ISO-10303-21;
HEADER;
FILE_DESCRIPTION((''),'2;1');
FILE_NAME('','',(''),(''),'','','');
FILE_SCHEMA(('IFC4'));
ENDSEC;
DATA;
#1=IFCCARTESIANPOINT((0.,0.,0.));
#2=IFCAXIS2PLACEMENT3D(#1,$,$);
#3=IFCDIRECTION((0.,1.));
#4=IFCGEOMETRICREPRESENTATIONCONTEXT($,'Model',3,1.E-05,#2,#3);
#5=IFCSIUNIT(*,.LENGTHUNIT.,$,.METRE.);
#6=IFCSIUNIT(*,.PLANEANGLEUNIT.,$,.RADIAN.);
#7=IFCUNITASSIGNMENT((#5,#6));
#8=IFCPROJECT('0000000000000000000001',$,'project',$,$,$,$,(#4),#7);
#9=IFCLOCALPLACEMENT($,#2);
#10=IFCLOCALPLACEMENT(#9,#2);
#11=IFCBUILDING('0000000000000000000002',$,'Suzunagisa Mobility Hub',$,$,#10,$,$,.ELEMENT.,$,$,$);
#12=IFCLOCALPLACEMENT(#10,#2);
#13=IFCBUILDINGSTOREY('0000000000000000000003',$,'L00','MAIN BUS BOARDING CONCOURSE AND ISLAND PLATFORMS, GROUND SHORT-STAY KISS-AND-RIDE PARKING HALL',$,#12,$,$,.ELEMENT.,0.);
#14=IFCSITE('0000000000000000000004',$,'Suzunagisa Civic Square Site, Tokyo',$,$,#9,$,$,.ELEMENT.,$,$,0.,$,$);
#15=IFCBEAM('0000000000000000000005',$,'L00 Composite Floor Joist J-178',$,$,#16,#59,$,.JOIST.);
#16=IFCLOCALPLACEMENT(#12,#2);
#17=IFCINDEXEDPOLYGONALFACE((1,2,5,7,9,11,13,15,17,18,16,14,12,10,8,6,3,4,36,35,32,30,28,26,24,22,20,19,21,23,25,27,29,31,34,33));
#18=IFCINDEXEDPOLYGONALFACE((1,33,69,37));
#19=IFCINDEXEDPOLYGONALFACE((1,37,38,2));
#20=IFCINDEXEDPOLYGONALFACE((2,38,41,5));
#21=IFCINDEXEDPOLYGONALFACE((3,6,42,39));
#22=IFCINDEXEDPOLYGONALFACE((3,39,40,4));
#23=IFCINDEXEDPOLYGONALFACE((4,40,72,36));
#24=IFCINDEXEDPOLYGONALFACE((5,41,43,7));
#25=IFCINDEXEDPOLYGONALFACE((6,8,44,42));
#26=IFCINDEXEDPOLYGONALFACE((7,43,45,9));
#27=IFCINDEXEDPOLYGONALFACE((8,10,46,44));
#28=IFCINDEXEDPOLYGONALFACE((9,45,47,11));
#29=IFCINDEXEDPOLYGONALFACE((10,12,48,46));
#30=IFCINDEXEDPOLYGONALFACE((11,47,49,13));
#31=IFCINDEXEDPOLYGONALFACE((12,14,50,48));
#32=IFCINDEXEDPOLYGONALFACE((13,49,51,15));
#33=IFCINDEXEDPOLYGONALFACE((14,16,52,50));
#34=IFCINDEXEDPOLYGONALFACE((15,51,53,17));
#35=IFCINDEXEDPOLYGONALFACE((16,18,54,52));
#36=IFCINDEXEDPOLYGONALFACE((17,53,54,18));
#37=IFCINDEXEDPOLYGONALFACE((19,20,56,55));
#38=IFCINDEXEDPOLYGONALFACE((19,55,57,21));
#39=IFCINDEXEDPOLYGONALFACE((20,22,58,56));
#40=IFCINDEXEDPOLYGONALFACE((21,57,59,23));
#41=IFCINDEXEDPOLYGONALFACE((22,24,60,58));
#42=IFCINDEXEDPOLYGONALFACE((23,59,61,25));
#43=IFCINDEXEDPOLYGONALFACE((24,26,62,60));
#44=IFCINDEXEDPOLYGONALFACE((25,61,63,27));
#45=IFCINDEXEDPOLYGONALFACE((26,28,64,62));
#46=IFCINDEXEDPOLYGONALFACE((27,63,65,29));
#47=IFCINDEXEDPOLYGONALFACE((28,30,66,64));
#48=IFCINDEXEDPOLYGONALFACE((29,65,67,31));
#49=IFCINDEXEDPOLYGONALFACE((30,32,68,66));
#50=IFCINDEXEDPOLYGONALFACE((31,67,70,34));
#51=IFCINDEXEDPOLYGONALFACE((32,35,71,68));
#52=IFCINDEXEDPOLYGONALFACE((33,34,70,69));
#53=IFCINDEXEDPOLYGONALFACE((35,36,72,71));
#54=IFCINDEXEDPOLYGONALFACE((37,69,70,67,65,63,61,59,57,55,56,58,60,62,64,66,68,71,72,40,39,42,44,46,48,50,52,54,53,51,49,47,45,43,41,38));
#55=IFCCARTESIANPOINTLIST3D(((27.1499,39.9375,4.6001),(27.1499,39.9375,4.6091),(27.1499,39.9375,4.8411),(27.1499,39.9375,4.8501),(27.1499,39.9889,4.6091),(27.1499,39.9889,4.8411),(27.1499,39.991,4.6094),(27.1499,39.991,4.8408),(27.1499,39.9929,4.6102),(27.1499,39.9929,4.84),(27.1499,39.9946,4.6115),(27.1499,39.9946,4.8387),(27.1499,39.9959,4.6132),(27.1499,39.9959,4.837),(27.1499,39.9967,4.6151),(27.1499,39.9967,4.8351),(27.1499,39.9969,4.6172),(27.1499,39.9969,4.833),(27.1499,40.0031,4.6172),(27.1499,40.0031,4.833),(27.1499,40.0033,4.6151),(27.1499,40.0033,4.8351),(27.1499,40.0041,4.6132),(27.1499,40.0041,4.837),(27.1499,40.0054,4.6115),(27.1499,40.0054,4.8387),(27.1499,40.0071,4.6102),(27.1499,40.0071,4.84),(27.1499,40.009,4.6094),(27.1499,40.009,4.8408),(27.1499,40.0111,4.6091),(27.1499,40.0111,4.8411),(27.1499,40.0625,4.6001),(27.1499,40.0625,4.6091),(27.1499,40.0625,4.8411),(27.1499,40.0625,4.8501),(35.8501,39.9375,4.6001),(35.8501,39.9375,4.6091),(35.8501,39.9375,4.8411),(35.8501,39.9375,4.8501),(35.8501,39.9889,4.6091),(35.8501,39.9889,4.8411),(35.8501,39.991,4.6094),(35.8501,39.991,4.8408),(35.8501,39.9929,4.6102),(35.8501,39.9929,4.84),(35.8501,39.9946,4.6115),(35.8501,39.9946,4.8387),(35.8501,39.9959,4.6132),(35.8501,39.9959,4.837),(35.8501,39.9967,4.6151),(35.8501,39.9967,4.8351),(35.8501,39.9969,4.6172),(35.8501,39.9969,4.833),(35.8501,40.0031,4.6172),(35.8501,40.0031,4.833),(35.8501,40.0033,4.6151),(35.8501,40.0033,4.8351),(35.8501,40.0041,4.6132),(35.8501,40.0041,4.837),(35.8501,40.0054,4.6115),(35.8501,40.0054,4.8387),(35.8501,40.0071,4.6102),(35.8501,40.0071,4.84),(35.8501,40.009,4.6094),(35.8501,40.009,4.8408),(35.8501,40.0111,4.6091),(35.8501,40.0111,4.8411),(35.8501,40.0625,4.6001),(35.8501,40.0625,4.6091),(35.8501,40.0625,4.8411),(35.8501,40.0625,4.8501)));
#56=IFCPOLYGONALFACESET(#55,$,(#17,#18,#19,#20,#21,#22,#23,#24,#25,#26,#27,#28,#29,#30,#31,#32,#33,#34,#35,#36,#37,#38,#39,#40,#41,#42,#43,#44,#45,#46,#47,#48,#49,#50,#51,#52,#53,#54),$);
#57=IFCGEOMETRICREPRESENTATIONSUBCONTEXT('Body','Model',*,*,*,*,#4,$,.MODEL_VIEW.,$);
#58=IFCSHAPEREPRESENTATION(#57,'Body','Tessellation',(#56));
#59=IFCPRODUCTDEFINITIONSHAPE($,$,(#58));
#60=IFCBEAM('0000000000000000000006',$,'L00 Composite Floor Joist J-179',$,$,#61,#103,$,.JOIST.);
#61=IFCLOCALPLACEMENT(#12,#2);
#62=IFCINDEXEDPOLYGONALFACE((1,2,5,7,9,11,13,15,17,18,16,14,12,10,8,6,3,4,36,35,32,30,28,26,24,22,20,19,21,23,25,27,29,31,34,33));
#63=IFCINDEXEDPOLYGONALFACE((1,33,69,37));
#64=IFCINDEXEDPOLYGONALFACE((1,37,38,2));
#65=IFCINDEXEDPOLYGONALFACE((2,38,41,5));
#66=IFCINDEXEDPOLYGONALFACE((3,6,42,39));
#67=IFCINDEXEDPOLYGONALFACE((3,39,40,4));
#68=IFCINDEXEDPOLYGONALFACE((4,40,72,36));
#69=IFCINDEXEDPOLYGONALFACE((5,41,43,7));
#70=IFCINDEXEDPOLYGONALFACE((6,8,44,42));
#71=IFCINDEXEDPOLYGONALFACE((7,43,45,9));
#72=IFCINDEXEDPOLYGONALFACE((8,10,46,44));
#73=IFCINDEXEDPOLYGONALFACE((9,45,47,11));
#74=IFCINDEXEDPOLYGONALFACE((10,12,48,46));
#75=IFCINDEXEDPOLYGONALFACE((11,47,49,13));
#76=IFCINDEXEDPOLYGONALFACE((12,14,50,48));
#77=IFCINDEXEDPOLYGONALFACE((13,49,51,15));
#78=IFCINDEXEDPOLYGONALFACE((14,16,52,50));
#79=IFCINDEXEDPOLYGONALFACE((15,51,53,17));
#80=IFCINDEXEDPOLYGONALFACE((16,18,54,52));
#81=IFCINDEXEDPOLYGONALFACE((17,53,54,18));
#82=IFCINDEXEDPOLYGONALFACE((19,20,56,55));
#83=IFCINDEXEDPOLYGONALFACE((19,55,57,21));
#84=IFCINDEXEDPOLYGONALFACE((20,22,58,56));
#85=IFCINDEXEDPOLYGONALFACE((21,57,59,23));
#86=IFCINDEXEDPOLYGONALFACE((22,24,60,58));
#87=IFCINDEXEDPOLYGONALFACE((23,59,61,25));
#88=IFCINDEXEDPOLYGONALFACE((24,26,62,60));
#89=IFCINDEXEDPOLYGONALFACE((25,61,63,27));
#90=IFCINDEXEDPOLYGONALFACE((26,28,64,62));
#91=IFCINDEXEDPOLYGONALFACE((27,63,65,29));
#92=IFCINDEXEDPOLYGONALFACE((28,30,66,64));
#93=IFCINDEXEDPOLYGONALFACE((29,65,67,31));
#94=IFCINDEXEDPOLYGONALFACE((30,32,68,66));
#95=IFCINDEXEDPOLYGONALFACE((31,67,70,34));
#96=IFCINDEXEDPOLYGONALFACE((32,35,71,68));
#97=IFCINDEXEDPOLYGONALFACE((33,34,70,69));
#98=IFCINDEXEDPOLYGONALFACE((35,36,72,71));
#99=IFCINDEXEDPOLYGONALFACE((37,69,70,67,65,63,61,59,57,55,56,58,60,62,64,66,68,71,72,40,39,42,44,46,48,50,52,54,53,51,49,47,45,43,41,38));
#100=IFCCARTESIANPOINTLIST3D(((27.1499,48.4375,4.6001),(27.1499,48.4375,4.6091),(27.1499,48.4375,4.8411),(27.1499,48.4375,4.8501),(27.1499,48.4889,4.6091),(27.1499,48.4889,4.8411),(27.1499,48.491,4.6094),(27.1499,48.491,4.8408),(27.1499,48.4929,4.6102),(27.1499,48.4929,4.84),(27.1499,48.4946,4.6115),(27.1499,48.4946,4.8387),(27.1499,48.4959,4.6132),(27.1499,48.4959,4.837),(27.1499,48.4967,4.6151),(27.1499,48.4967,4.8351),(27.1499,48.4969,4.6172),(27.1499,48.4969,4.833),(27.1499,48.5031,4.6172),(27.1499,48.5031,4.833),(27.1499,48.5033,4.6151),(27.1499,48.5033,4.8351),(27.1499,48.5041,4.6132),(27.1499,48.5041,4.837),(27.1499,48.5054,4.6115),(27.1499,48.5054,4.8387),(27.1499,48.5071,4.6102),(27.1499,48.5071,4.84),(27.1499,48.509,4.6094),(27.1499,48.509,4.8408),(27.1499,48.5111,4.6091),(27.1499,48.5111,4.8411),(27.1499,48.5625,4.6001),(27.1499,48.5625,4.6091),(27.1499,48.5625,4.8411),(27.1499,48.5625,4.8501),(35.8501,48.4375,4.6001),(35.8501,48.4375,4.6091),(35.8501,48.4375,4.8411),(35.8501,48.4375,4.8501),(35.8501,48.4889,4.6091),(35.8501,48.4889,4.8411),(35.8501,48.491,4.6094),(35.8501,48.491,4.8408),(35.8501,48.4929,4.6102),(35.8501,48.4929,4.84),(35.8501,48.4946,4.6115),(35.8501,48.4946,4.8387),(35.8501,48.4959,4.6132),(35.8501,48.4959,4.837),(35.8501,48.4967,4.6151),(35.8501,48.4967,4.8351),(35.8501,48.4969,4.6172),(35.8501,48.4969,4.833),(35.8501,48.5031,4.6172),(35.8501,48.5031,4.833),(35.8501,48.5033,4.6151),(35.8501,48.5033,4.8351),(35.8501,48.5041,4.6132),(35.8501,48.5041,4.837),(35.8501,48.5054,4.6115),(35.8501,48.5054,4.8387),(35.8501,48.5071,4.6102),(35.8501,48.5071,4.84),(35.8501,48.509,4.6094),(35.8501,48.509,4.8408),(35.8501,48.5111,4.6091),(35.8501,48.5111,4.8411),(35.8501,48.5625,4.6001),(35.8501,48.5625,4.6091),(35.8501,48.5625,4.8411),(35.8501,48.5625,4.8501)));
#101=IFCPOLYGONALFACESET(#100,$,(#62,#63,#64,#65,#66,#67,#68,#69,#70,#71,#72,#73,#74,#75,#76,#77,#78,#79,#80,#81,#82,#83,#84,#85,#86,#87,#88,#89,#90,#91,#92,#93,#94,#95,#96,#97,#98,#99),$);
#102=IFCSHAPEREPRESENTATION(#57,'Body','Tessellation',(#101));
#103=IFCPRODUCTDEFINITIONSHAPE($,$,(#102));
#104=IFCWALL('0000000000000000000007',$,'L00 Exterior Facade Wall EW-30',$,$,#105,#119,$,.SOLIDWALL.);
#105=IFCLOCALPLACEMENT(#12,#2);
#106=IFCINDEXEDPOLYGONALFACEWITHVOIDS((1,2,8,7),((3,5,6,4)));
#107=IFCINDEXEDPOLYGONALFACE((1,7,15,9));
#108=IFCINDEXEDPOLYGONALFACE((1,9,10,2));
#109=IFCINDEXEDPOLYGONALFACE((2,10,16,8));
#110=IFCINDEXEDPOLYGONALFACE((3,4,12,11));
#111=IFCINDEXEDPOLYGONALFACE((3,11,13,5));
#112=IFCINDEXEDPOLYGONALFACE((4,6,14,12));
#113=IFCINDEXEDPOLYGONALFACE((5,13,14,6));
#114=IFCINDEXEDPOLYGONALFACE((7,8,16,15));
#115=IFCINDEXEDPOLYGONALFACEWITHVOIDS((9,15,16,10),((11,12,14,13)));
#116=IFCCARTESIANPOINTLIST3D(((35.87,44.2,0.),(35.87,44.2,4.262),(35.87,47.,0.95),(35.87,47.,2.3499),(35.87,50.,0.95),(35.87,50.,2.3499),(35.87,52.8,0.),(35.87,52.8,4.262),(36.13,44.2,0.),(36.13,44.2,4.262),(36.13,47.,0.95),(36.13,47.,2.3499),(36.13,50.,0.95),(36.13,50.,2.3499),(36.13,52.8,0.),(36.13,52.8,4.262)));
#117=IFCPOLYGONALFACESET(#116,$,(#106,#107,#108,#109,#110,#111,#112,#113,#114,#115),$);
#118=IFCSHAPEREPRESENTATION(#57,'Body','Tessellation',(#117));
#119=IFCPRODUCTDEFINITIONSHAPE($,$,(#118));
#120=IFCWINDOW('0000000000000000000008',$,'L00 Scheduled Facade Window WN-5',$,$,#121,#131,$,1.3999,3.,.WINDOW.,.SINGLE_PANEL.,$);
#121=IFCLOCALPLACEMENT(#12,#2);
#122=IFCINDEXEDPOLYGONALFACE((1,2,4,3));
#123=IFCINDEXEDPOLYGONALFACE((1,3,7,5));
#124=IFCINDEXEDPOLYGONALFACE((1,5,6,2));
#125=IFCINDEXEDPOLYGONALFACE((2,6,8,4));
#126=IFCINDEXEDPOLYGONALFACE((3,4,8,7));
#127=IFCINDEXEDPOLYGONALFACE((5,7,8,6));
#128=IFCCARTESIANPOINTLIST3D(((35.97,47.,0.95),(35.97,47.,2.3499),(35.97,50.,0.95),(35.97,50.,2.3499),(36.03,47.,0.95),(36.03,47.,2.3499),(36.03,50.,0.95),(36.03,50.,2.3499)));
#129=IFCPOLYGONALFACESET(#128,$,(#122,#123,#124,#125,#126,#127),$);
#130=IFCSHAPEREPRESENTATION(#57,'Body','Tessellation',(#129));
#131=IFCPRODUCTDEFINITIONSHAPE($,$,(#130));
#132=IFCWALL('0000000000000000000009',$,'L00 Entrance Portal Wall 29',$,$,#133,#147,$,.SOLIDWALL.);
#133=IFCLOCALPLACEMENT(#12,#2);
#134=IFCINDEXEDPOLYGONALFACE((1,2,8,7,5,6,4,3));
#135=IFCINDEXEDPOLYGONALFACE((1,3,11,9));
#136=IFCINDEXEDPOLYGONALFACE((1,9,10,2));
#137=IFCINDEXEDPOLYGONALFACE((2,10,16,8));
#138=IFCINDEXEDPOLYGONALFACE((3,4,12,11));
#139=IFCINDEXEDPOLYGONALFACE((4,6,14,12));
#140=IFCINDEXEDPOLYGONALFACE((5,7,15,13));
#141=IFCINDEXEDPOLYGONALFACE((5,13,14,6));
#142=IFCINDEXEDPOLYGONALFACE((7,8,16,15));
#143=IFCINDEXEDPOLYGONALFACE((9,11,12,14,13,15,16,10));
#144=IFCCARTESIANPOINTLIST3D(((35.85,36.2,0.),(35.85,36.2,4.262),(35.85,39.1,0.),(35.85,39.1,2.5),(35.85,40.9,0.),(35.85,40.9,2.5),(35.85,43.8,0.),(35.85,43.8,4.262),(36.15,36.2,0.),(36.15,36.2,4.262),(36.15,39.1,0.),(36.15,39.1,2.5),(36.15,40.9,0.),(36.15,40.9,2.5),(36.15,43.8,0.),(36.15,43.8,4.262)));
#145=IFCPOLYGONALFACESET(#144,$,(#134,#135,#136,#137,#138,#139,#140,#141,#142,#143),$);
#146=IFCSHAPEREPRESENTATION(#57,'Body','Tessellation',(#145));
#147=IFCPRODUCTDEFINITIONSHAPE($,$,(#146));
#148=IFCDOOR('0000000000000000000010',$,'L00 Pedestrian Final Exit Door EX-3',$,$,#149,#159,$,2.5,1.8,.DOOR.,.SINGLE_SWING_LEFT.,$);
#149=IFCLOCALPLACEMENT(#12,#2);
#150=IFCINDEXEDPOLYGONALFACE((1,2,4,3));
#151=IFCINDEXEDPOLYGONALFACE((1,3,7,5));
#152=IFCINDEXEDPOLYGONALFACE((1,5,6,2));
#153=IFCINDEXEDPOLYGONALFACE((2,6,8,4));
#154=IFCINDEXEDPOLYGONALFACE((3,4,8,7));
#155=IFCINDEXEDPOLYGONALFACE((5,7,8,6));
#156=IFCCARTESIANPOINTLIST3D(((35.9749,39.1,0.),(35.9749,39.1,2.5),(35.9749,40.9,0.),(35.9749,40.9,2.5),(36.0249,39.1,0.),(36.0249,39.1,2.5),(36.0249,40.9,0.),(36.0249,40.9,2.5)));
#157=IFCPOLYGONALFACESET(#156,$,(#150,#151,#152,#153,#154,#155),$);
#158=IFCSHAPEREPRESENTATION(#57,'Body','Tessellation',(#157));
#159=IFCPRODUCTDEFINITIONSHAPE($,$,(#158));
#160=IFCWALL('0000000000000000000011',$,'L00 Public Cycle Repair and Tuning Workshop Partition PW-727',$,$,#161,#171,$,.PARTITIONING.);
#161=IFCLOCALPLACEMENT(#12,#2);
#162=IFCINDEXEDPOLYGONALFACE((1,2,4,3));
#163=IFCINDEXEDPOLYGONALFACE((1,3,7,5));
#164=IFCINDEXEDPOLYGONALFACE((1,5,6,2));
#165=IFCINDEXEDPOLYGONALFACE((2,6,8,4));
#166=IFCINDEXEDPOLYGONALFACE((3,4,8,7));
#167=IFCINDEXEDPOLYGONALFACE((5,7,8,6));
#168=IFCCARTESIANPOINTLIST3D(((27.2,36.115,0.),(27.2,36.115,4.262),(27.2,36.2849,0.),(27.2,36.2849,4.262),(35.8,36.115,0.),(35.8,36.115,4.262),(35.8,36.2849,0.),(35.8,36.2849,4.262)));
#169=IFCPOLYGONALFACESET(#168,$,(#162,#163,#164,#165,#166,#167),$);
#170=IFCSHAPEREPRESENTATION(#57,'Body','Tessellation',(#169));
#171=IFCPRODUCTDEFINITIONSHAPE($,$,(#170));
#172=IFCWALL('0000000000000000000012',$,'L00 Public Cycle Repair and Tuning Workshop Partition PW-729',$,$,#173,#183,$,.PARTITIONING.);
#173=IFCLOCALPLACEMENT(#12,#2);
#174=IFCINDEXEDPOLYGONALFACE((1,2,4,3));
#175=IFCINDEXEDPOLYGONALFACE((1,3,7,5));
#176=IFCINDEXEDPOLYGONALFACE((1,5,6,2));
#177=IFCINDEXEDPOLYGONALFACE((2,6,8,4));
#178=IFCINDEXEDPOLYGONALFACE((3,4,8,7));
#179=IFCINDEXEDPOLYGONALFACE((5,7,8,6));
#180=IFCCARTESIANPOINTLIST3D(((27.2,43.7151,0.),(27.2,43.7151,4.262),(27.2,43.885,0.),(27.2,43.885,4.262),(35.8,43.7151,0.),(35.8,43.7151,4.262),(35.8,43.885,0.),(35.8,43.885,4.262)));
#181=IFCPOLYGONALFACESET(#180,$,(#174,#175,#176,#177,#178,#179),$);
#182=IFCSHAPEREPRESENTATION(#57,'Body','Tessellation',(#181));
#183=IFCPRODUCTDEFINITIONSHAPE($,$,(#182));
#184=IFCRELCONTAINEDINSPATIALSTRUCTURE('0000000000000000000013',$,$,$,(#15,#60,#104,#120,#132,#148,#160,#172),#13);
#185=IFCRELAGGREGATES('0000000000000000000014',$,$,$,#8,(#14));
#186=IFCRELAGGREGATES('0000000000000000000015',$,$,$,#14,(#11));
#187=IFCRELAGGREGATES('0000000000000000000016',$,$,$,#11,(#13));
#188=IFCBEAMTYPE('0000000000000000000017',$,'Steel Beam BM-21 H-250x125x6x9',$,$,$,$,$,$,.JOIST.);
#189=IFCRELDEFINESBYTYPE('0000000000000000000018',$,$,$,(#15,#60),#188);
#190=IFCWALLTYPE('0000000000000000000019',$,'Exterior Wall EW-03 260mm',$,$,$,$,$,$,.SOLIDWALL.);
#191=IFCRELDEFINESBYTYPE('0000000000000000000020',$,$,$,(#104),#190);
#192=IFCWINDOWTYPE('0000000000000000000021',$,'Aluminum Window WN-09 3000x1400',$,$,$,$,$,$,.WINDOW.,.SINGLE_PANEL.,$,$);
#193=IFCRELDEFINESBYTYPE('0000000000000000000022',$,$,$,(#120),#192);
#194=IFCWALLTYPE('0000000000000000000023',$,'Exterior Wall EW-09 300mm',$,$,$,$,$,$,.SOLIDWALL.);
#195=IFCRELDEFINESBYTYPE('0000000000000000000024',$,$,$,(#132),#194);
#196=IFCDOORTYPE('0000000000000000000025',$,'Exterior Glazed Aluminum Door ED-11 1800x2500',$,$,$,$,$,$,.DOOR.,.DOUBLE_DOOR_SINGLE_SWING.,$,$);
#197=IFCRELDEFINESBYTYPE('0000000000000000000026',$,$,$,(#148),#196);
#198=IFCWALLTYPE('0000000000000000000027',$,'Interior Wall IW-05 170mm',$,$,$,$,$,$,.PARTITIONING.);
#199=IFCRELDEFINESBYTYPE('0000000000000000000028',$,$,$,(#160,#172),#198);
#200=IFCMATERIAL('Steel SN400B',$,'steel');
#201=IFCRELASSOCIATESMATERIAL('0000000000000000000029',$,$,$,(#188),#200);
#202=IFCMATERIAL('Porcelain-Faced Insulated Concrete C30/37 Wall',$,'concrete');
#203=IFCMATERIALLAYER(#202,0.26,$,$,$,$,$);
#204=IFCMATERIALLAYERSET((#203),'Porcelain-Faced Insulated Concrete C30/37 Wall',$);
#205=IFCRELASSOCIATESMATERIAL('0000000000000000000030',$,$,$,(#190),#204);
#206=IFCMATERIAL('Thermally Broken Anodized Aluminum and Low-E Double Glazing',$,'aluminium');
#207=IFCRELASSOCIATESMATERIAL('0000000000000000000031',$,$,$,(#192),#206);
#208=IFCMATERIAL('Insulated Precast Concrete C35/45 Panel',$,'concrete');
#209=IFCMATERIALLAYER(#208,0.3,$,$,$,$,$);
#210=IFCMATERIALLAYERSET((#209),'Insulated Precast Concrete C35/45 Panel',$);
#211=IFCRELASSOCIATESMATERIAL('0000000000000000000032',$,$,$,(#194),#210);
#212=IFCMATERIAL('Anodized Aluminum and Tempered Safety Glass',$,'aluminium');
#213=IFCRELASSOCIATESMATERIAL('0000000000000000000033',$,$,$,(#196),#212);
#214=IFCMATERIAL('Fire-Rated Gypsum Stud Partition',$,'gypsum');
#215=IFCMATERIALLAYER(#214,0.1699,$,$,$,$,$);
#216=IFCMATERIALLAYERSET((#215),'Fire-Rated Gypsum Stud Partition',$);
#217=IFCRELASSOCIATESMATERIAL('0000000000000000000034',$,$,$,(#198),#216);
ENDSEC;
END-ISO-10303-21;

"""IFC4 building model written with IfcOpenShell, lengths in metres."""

from ifc_helpers import new_model, si_unit, direction, frame, frame_2d, origin, origin_2d, place, context, subcontext, project, spatial, rectangle, i_section, extrude, material, layer, layer_set, material_profile, profile_set, type_object, element, fill, save


model = new_model("IFC4")

# Units and contexts
model_context = context("Model", 3, precision=1e-05, world=origin(), true_north=direction((0.0, 1.0)))
body_context = subcontext(model_context, "Body", "Model", "MODEL_VIEW")
ifc_project = project(units=[si_unit("LENGTHUNIT", "METRE"), si_unit("PLANEANGLEUNIT", "RADIAN")], contexts=[model_context])

# Site, building, storey
site_placement = place(None, origin())
site = spatial("IfcSite", under=ifc_project, at=site_placement, Name="Suzunagisa Civic Square Site, Tokyo", CompositionType="ELEMENT", RefElevation=0.0)
building_placement = place(site_placement, origin())
building = spatial("IfcBuilding", under=site, at=building_placement, Name="Suzunagisa Mobility Hub", CompositionType="ELEMENT")
storey_placement = place(building_placement, origin())
storey = spatial("IfcBuildingStorey", under=building, at=storey_placement, Name="L00", Description="MAIN BUS BOARDING CONCOURSE AND ISLAND PLATFORMS, GROUND SHORT-STAY KISS-AND-RIDE PARKING HALL", CompositionType="ELEMENT", Elevation=0.0)

# Beams
ifc_material_1 = material(Name="Steel SN400B", Category="steel")
ifc_material_profile_1 = material_profile(ifc_material_1, i_section(OverallWidth=0.125, OverallDepth=0.25, WebThickness=0.0061, FlangeThickness=0.009, FilletRadius=0.0081, at=origin_2d()), Name="H-250x125x6x9")
ifc_profile_set_1 = profile_set([ifc_material_profile_1], Name="Steel SN400B")
beam_type_1 = type_object("IfcBeamType", Name="Steel Beam BM-21 H-250x125x6x9", PredefinedType="JOIST", material=ifc_profile_set_1)
for number, where, z_axis, x_axis, name in (
    (1, (27.1499, 40.0, 4.7251), (1.0, 0.0, 0.0), (0.0, 1.0, 0.0), "L00 Composite Floor Joist J-178"),
    (2, (27.1499, 48.5, 4.7251), (1.0, 0.0, 0.0), (0.0, 1.0, 0.0), "L00 Composite Floor Joist J-179"),
):
    element("IfcBeam", number, at=place(storey_placement, frame(where, z_axis=z_axis, x_axis=x_axis)), inside=storey, type_object=beam_type_1, Name=name, PredefinedType="JOIST", context=body_context, shape_type="SweptSolid", body=[
        extrude(i_section(OverallWidth=0.125, OverallDepth=0.25, WebThickness=0.0061, FlangeThickness=0.009, FilletRadius=0.0081, at=origin_2d()), origin(), (0.0, 0.0, 1.0), 8.7002),
    ])

# Wall, opening, window
ifc_material_2 = material(Name="Porcelain-Faced Insulated Concrete C30/37 Wall", Category="concrete")
ifc_layer_1 = layer(ifc_material_2, 0.26)
ifc_layer_set_1 = layer_set([ifc_layer_1], Name="Porcelain-Faced Insulated Concrete C30/37 Wall")
wall_type_1 = type_object("IfcWallType", Name="Exterior Wall EW-03 260mm", PredefinedType="SOLIDWALL", material=ifc_layer_set_1)
wall_1_placement = place(storey_placement, frame((36.0, 44.2, 0.0), z_axis=(0.0, 0.0, 1.0), x_axis=(0.0, 1.0, 0.0)))
wall_1 = element("IfcWall", 3, at=wall_1_placement, inside=storey, type_object=wall_type_1, Name="L00 Exterior Facade Wall EW-30", PredefinedType="SOLIDWALL", context=body_context, shape_type="SweptSolid", body=[
    extrude(rectangle(XDim=8.6001, YDim=0.26, at=frame_2d((4.3, 0.0))), origin(), (0.0, 0.0, 1.0), 4.262),
])
opening_1_placement = place(wall_1_placement, frame((2.8, 0.0, 0.95)))
opening_1 = element("IfcOpeningElement", 4, at=opening_1_placement, cuts=wall_1, PredefinedType="OPENING", context=body_context, shape_type="SweptSolid", body=[
    extrude(rectangle(XDim=3.0, YDim=1.3999, at=frame_2d((1.5, 0.7))), frame((0.0, 0.1411, 0.0), z_axis=(0.0, -1.0, 0.0), x_axis=(1.0, 0.0, 0.0)), (0.0, 0.0, 1.0), 0.282),
])
ifc_material_3 = material(Name="Thermally Broken Anodized Aluminum and Low-E Double Glazing", Category="aluminium")
window_type = type_object("IfcWindowType", Name="Aluminum Window WN-09 3000x1400", PartitioningType="SINGLE_PANEL", PredefinedType="WINDOW", material=ifc_material_3)
window_placement = place(opening_1_placement, origin())
window = element("IfcWindow", 5, at=window_placement, inside=storey, type_object=window_type, Name="L00 Scheduled Facade Window WN-5", OverallHeight=1.3999, OverallWidth=3.0, PartitioningType="SINGLE_PANEL", PredefinedType="WINDOW", context=body_context, shape_type="SweptSolid", body=[
    extrude(rectangle(XDim=3.0, YDim=1.3999, at=frame_2d((1.5, 0.7))), frame((0.0, 0.03, 0.0), z_axis=(0.0, -1.0, 0.0), x_axis=(1.0, 0.0, 0.0)), (0.0, 0.0, 1.0), 0.0601),
])
fill(opening_1, window)

# Wall, opening, door
ifc_material_4 = material(Name="Insulated Precast Concrete C35/45 Panel", Category="concrete")
ifc_layer_2 = layer(ifc_material_4, 0.3)
ifc_layer_set_2 = layer_set([ifc_layer_2], Name="Insulated Precast Concrete C35/45 Panel")
wall_type_2 = type_object("IfcWallType", Name="Exterior Wall EW-09 300mm", PredefinedType="SOLIDWALL", material=ifc_layer_set_2)
wall_2_placement = place(storey_placement, frame((36.0, 36.2, 0.0), z_axis=(0.0, 0.0, 1.0), x_axis=(0.0, 1.0, 0.0)))
wall_2 = element("IfcWall", 6, at=wall_2_placement, inside=storey, type_object=wall_type_2, Name="L00 Entrance Portal Wall 29", PredefinedType="SOLIDWALL", context=body_context, shape_type="SweptSolid", body=[
    extrude(rectangle(XDim=7.6001, YDim=0.3, at=frame_2d((3.8, 0.0))), origin(), (0.0, 0.0, 1.0), 4.262),
])
opening_2_placement = place(wall_2_placement, frame((4.7, 0.0, 0.0), z_axis=(0.0, 0.0, 1.0), x_axis=(-1.0, 0.0, 0.0)))
opening_2 = element("IfcOpeningElement", 7, at=opening_2_placement, cuts=wall_2, PredefinedType="OPENING", context=body_context, shape_type="SweptSolid", body=[
    extrude(rectangle(XDim=1.8, YDim=2.5, at=frame_2d((0.8999, 1.25))), frame((0.0, 0.1611, 0.0), z_axis=(0.0, -1.0, 0.0), x_axis=(1.0, 0.0, 0.0)), (0.0, 0.0, 1.0), 0.322),
])
ifc_material_5 = material(Name="Anodized Aluminum and Tempered Safety Glass", Category="aluminium")
door_type_1 = type_object("IfcDoorType", Name="Exterior Glazed Aluminum Door ED-11 1800x2500", OperationType="DOUBLE_DOOR_SINGLE_SWING", PredefinedType="DOOR", material=ifc_material_5)
door_1_placement = place(opening_2_placement, origin())
door_1 = element("IfcDoor", 8, at=door_1_placement, inside=storey, type_object=door_type_1, Name="L00 Pedestrian Final Exit Door EX-3", OperationType="SINGLE_SWING_LEFT", OverallHeight=2.5, OverallWidth=1.8, PredefinedType="DOOR", context=body_context, shape_type="SweptSolid", body=[
    extrude(rectangle(XDim=1.8, YDim=2.5, at=frame_2d((0.8999, 1.25))), frame((0.0, 0.0249, 0.0), z_axis=(0.0, -1.0, 0.0), x_axis=(1.0, 0.0, 0.0)), (0.0, 0.0, 1.0), 0.05),
])
fill(opening_2, door_1)

# Walls
ifc_material_6 = material(Name="Fire-Rated Gypsum Stud Partition", Category="gypsum")
ifc_layer_3 = layer(ifc_material_6, 0.1699)
ifc_layer_set_3 = layer_set([ifc_layer_3], Name="Fire-Rated Gypsum Stud Partition")
wall_type_3 = type_object("IfcWallType", Name="Interior Wall IW-05 170mm", PredefinedType="PARTITIONING", material=ifc_layer_set_3)
for number, where, z_axis, x_axis, name in (
    (9, (27.2, 36.2, 0.0), (0.0, 0.0, 1.0), (1.0, 0.0, 0.0), "L00 Public Cycle Repair and Tuning Workshop Partition PW-727"),
    (10, (27.2, 43.8, 0.0), (0.0, 0.0, 1.0), (1.0, 0.0, 0.0), "L00 Public Cycle Repair and Tuning Workshop Partition PW-729"),
):
    element("IfcWall", number, at=place(storey_placement, frame(where, z_axis=z_axis, x_axis=x_axis)), inside=storey, type_object=wall_type_3, Name=name, PredefinedType="PARTITIONING", context=body_context, shape_type="SweptSolid", body=[
        extrude(rectangle(XDim=8.6001, YDim=0.1699, at=frame_2d((4.3, 0.0))), origin(), (0.0, 0.0, 1.0), 4.262),
    ])

save(model, "model.ifc")
